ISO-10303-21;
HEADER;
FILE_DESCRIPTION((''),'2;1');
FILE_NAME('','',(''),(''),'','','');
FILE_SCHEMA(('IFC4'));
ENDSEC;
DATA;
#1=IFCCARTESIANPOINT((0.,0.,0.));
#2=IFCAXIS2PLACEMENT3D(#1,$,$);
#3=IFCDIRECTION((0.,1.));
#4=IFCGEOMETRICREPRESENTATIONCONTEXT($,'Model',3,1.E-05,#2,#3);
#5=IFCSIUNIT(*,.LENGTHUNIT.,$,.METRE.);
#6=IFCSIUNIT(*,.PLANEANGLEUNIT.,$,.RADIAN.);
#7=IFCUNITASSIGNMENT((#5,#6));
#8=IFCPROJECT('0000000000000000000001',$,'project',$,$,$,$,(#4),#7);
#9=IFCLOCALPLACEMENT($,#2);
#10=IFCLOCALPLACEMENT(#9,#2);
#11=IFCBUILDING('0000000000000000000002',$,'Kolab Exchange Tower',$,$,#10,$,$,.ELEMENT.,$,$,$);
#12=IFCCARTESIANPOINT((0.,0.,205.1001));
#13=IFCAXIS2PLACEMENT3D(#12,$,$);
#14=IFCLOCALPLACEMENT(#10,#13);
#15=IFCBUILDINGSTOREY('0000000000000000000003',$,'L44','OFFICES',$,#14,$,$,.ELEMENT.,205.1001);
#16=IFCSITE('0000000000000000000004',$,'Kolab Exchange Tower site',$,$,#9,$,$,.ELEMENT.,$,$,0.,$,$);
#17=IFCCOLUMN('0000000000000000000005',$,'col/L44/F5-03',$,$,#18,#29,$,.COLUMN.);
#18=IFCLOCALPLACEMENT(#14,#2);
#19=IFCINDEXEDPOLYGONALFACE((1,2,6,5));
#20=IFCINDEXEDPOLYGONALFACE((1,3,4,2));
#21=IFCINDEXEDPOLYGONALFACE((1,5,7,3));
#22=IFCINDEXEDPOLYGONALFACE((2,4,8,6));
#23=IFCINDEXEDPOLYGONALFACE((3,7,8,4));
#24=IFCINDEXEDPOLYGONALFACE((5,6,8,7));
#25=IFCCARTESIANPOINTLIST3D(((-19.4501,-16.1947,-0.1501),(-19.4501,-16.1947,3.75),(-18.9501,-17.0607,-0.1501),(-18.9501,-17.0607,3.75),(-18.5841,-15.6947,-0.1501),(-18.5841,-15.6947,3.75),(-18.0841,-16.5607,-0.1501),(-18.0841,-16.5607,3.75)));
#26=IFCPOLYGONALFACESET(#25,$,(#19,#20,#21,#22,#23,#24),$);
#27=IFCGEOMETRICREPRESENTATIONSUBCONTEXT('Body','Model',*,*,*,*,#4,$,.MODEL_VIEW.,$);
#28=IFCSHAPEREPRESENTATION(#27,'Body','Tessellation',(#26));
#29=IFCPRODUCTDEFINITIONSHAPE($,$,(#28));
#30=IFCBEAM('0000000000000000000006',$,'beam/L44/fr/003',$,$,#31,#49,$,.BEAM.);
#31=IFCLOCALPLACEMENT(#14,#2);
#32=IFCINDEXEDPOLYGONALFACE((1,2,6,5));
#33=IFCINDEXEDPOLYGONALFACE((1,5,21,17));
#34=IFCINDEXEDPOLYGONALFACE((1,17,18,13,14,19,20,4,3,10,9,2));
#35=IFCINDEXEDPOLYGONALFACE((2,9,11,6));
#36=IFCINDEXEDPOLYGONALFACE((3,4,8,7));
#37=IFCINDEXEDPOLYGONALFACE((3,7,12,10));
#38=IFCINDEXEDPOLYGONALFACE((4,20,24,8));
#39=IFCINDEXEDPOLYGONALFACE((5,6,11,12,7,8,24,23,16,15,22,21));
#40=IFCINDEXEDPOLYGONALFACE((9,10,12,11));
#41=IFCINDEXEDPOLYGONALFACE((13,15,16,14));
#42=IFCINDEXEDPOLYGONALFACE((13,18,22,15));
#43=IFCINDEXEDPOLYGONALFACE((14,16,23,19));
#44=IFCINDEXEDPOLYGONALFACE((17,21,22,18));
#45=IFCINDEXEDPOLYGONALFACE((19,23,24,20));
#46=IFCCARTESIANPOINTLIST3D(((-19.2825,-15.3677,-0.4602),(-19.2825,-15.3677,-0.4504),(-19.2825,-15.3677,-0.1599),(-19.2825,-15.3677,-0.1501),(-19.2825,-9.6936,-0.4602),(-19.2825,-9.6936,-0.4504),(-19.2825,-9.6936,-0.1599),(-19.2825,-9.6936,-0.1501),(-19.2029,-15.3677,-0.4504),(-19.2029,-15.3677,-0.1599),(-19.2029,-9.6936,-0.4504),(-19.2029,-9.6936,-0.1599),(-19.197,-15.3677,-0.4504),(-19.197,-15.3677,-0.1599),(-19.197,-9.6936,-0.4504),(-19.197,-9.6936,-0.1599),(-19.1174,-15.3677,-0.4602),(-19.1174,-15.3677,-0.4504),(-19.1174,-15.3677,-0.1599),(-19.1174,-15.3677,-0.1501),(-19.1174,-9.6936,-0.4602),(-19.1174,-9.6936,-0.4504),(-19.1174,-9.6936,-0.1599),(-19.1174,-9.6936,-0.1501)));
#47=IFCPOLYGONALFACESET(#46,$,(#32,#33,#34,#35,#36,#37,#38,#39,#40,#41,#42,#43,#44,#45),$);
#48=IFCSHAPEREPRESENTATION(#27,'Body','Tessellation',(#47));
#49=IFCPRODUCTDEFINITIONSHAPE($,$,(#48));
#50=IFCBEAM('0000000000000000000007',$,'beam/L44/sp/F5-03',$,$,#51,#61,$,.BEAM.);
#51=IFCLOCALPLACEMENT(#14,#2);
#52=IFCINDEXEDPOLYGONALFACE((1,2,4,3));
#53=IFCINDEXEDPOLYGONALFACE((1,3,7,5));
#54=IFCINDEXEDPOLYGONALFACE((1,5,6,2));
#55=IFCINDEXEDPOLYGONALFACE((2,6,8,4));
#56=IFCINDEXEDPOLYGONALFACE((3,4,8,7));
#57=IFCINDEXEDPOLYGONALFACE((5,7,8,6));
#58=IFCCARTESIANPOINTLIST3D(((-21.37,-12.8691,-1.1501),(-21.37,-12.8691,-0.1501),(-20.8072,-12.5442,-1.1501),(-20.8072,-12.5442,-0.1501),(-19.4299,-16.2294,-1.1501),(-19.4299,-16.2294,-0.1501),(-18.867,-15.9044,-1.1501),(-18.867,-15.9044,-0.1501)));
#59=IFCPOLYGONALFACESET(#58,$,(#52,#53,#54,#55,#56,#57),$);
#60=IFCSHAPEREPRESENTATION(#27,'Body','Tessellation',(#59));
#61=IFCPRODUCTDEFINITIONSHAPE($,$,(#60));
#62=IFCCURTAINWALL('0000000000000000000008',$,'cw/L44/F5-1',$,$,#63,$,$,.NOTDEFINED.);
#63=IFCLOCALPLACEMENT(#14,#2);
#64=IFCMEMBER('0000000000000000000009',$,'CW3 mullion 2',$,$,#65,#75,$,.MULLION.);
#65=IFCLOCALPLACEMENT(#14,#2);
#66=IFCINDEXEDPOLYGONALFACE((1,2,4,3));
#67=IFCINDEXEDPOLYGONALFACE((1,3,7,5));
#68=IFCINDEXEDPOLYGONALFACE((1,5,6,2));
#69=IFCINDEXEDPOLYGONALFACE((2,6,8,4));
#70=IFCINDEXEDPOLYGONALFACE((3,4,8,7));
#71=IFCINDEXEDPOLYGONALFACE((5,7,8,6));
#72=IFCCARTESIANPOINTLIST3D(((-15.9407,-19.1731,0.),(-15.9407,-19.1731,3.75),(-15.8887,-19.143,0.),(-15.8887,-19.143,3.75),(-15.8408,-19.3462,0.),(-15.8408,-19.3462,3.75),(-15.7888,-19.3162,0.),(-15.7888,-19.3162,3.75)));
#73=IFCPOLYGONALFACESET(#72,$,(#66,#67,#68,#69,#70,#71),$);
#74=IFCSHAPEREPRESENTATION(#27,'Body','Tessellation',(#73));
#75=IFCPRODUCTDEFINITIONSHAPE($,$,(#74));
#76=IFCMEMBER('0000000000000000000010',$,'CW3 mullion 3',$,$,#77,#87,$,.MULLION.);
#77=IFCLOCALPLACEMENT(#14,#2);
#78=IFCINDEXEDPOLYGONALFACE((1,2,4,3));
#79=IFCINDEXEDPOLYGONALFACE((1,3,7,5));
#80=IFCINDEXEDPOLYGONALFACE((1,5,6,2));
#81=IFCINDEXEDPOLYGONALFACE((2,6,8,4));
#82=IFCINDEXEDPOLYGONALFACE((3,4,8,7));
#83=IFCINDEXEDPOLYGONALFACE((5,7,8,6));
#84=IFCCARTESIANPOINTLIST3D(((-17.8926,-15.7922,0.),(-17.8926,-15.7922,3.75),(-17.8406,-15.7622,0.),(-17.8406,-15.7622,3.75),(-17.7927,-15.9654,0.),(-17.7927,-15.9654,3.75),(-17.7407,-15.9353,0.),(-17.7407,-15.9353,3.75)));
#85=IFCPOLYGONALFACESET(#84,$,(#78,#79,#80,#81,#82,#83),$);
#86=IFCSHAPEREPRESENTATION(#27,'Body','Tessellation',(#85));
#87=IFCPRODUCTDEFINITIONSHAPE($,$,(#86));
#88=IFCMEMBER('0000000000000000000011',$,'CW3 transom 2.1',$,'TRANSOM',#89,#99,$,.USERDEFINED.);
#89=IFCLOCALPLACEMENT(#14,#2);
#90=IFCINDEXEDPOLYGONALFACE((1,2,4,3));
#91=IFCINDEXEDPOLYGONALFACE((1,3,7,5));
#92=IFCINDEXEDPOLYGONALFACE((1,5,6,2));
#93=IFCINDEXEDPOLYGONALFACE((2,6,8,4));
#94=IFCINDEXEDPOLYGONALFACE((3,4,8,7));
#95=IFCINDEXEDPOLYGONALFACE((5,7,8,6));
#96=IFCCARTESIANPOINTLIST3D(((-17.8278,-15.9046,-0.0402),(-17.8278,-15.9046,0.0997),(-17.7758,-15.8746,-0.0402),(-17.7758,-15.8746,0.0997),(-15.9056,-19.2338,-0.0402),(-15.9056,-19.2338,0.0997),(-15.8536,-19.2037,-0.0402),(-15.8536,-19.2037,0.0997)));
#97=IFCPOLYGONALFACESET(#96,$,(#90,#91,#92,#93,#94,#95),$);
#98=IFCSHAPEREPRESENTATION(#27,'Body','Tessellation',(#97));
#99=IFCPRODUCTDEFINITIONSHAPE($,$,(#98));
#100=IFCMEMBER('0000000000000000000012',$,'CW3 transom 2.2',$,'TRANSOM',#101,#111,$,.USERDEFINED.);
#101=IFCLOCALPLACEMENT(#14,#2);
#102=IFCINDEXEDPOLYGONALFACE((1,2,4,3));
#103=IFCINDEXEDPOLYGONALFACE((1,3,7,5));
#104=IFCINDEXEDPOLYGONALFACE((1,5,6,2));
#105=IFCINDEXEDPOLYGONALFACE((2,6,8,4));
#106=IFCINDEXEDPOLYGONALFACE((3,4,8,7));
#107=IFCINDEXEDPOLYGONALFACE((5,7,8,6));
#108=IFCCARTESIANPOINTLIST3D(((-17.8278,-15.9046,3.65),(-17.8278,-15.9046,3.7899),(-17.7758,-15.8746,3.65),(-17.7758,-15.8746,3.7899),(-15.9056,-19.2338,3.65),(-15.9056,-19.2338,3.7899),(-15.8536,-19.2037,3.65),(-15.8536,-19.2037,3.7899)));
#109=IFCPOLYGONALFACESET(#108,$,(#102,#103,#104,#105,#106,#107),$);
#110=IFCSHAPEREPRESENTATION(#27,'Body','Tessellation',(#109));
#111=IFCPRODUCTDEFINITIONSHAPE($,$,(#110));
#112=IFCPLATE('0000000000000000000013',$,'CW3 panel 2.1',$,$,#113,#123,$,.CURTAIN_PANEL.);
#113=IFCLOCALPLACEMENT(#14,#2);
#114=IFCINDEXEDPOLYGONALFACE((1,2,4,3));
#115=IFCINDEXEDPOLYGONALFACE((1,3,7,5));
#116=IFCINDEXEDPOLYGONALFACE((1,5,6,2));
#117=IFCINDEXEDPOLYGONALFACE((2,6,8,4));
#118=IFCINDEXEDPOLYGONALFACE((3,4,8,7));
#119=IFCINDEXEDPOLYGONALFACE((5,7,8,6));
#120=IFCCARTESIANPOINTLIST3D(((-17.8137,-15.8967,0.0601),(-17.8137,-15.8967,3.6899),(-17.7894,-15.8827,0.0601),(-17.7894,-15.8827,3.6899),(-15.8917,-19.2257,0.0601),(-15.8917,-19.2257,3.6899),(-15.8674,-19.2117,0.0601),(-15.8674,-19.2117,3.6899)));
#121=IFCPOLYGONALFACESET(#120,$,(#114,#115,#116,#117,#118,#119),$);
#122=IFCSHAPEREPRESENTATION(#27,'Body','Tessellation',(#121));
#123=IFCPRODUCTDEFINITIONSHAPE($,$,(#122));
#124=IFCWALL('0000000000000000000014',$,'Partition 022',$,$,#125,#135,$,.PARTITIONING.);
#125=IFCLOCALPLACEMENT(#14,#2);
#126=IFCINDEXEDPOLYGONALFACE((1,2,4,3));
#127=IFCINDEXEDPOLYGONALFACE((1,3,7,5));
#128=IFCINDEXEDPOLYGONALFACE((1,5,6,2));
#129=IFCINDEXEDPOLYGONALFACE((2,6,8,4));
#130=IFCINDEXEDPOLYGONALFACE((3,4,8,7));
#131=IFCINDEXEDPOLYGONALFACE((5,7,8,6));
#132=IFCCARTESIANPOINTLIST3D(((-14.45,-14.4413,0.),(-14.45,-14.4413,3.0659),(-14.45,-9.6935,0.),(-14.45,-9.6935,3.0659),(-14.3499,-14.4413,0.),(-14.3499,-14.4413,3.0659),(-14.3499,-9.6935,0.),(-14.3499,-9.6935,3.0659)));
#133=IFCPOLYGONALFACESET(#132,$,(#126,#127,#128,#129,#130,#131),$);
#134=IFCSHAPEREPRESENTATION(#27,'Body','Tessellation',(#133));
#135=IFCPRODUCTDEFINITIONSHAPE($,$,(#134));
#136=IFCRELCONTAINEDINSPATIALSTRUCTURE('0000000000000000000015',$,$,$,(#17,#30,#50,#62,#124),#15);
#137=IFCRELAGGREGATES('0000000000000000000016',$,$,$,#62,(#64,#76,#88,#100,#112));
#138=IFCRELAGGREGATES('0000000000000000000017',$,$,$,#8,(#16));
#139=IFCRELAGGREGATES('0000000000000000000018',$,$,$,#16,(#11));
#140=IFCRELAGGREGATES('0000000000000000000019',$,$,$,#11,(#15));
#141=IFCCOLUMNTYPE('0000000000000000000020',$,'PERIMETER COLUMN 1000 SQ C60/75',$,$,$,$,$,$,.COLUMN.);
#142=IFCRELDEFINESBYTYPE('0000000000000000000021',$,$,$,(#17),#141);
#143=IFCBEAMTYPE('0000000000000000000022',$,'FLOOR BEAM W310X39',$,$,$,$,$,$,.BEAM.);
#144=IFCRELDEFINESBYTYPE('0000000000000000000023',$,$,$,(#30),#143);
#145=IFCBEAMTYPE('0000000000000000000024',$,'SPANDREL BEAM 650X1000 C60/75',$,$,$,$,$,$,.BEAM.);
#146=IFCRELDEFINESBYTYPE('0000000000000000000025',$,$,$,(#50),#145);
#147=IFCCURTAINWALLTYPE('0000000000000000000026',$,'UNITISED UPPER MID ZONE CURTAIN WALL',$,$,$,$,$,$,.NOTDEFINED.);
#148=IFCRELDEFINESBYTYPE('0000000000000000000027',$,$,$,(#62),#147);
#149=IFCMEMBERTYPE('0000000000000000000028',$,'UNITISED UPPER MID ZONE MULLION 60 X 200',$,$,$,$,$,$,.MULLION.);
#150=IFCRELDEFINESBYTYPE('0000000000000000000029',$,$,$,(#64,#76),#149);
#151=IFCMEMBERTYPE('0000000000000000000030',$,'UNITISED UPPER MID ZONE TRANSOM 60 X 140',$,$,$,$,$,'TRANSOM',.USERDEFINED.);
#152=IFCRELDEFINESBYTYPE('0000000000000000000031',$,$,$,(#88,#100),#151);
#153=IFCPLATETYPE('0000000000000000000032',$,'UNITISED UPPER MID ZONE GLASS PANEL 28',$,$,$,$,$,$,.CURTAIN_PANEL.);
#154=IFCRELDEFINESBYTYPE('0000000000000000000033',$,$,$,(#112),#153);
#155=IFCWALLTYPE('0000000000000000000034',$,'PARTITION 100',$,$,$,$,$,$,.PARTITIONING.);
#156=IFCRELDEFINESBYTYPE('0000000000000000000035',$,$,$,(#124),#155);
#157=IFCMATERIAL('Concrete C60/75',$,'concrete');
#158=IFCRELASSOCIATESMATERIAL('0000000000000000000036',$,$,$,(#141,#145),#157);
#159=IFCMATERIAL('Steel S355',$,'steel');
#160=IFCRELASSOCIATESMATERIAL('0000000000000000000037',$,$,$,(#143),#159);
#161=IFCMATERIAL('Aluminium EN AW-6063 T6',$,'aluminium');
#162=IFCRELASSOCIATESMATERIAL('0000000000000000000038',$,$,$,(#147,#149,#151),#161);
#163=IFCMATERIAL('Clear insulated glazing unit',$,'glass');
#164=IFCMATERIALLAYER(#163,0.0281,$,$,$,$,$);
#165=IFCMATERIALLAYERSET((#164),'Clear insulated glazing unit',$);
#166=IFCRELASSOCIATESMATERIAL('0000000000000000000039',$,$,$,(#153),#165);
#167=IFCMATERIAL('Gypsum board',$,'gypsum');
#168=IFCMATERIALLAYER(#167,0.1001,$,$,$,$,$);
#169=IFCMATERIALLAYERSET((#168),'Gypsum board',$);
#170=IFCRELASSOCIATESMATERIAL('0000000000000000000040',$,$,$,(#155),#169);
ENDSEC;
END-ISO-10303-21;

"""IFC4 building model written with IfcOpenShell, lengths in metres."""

from ifc_helpers import new_model, si_unit, direction, frame, frame_2d, origin, origin_2d, place, context, subcontext, project, spatial, rectangle, i_section, extrude, material, layer, layer_set, material_profile, profile_set, type_object, element, aggregate, save


model = new_model("IFC4")

# Units and contexts
model_context = context("Model", 3, precision=1e-05, world=origin(), true_north=direction((0.0, 1.0)))
body_context = subcontext(model_context, "Body", "Model", "MODEL_VIEW")
ifc_project = project(units=[si_unit("LENGTHUNIT", "METRE"), si_unit("PLANEANGLEUNIT", "RADIAN")], contexts=[model_context])

# Site, building, storey
site_placement = place(None, origin())
site = spatial("IfcSite", under=ifc_project, at=site_placement, Name="Kolab Exchange Tower site", CompositionType="ELEMENT", RefElevation=0.0)
building_placement = place(site_placement, origin())
building = spatial("IfcBuilding", under=site, at=building_placement, Name="Kolab Exchange Tower", CompositionType="ELEMENT")
storey_placement = place(building_placement, frame((0.0, 0.0, 205.1001)))
storey = spatial("IfcBuildingStorey", under=building, at=storey_placement, Name="L44", Description="OFFICES", CompositionType="ELEMENT", Elevation=205.1001)

# Column
ifc_material_1 = material(Name="Concrete C60/75", Category="concrete")
ifc_material_profile_1 = material_profile(ifc_material_1, rectangle(XDim=1.0, YDim=1.0, at=origin_2d()), Name="RC1000")
ifc_profile_set_1 = profile_set([ifc_material_profile_1], Name="Concrete C60/75")
column_type = type_object("IfcColumnType", Name="PERIMETER COLUMN 1000 SQ C60/75", PredefinedType="COLUMN", material=ifc_profile_set_1)
column_placement = place(storey_placement, frame((-18.7671, -16.3777, -0.1501), z_axis=(0.0, 0.0, 1.0), x_axis=(0.866025, 0.5, 0.0)))
element("IfcColumn", 1, at=column_placement, inside=storey, type_object=column_type, Name="col/L44/F5-03", PredefinedType="COLUMN", context=body_context, shape_type="SweptSolid", body=[
    extrude(rectangle(XDim=1.0, YDim=1.0, at=origin_2d()), origin(), (0.0, 0.0, 1.0), 3.9001),
])

# Beams
ifc_material_2 = material(Name="Steel S355", Category="steel")
ifc_material_profile_2 = material_profile(ifc_material_2, i_section(OverallWidth=0.165, OverallDepth=0.3101, WebThickness=0.0059, FlangeThickness=0.0098, at=origin_2d()), Name="W310X39")
ifc_profile_set_2 = profile_set([ifc_material_profile_2], Name="Steel S355")
beam_type_1 = type_object("IfcBeamType", Name="FLOOR BEAM W310X39", PredefinedType="BEAM", material=ifc_profile_set_2)
beam_1_placement = place(storey_placement, frame((-19.2, -15.3677, -0.3052), z_axis=(0.0, 1.0, 0.0), x_axis=(-1.0, 0.0, 0.0)))
element("IfcBeam", 2, at=beam_1_placement, inside=storey, type_object=beam_type_1, Name="beam/L44/fr/003", PredefinedType="BEAM", context=body_context, shape_type="SweptSolid", body=[
    extrude(i_section(OverallWidth=0.165, OverallDepth=0.3101, WebThickness=0.0059, FlangeThickness=0.0098, at=origin_2d()), origin(), (0.0, 0.0, 1.0), 5.6741),
])
ifc_material_profile_3 = material_profile(ifc_material_1, rectangle(XDim=0.6499, YDim=1.0, at=origin_2d()), Name="RC650X1000")
ifc_profile_set_3 = profile_set([ifc_material_profile_3], Name="Concrete C60/75")
beam_type_2 = type_object("IfcBeamType", Name="SPANDREL BEAM 650X1000 C60/75", PredefinedType="BEAM", material=ifc_profile_set_3)
beam_2_placement = place(storey_placement, frame((-19.1484, -16.0669, -0.6501), z_axis=(-0.500017, 0.866016, 0.0), x_axis=(-0.866016, -0.500017, 0.0)))
element("IfcBeam", 3, at=beam_2_placement, inside=storey, type_object=beam_type_2, Name="beam/L44/sp/F5-03", PredefinedType="BEAM", context=body_context, shape_type="SweptSolid", body=[
    extrude(rectangle(XDim=0.6499, YDim=1.0, at=origin_2d()), origin(), (0.0, 0.0, 1.0), 3.8801),
])

# Curtain wall, members, plate
ifc_material_3 = material(Name="Aluminium EN AW-6063 T6", Category="aluminium")
curtain_wall_type = type_object("IfcCurtainWallType", Name="UNITISED UPPER MID ZONE CURTAIN WALL", PredefinedType="NOTDEFINED", material=ifc_material_3)
curtain_wall_placement = place(storey_placement, origin())
curtain_wall = element("IfcCurtainWall", 4, at=curtain_wall_placement, inside=storey, type_object=curtain_wall_type, Name="cw/L44/F5-1", PredefinedType="NOTDEFINED")
ifc_material_profile_4 = material_profile(ifc_material_3, rectangle(XDim=0.0601, YDim=0.2, at=origin_2d()), Name="RECT 60X200")
ifc_profile_set_4 = profile_set([ifc_material_profile_4], Name="Aluminium EN AW-6063 T6")
member_type_1 = type_object("IfcMemberType", Name="UNITISED UPPER MID ZONE MULLION 60 X 200", PredefinedType="MULLION", material=ifc_profile_set_4)
member_1_placement = place(storey_placement, frame((-15.8647, -19.2446, 0.0), z_axis=(0.0, 0.0, 1.0), x_axis=(-0.866025, -0.5, 0.0)))
member_1 = element("IfcMember", 5, at=member_1_placement, type_object=member_type_1, Name="CW3 mullion 2", PredefinedType="MULLION", context=body_context, shape_type="SweptSolid", body=[
    extrude(rectangle(XDim=0.0601, YDim=0.2, at=origin_2d()), origin(), (0.0, 0.0, 1.0), 3.75),
])
member_2_placement = place(storey_placement, frame((-17.8167, -15.8638, 0.0), z_axis=(0.0, 0.0, 1.0), x_axis=(-0.866025, -0.5, 0.0)))
member_2 = element("IfcMember", 6, at=member_2_placement, type_object=member_type_1, Name="CW3 mullion 3", PredefinedType="MULLION", context=body_context, shape_type="SweptSolid", body=[
    extrude(rectangle(XDim=0.0601, YDim=0.2, at=origin_2d()), origin(), (0.0, 0.0, 1.0), 3.75),
])
ifc_material_profile_5 = material_profile(ifc_material_3, rectangle(XDim=0.0601, YDim=0.1399, at=origin_2d()), Name="RECT 60X140")
ifc_profile_set_5 = profile_set([ifc_material_profile_5], Name="Aluminium EN AW-6063 T6")
member_type_2 = type_object("IfcMemberType", Name="UNITISED UPPER MID ZONE TRANSOM 60 X 140", ElementType="TRANSOM", PredefinedType="USERDEFINED", material=ifc_profile_set_5)
member_3_placement = place(storey_placement, frame((-15.8796, -19.2188, 0.0298), z_axis=(-0.500012, 0.866018, 0.0), x_axis=(-0.866018, -0.500012, 0.0)))
member_3 = element("IfcMember", 7, at=member_3_placement, type_object=member_type_2, Name="CW3 transom 2.1", ObjectType="TRANSOM", PredefinedType="USERDEFINED", context=body_context, shape_type="SweptSolid", body=[
    extrude(rectangle(XDim=0.0601, YDim=0.1399, at=origin_2d()), origin(), (0.0, 0.0, 1.0), 3.8442),
])
member_4_placement = place(storey_placement, frame((-15.8796, -19.2188, 3.72), z_axis=(-0.500012, 0.866018, 0.0), x_axis=(-0.866018, -0.500012, 0.0)))
member_4 = element("IfcMember", 8, at=member_4_placement, type_object=member_type_2, Name="CW3 transom 2.2", ObjectType="TRANSOM", PredefinedType="USERDEFINED", context=body_context, shape_type="SweptSolid", body=[
    extrude(rectangle(XDim=0.0601, YDim=0.1399, at=origin_2d()), origin(), (0.0, 0.0, 1.0), 3.8442),
])
ifc_material_4 = material(Name="Clear insulated glazing unit", Category="glass")
ifc_layer_1 = layer(ifc_material_4, 0.0281)
ifc_layer_set_1 = layer_set([ifc_layer_1], Name="Clear insulated glazing unit")
plate_type = type_object("IfcPlateType", Name="UNITISED UPPER MID ZONE GLASS PANEL 28", PredefinedType="CURTAIN_PANEL", material=ifc_layer_set_1)
plate_placement = place(storey_placement, frame((-16.8406, -17.5542, 0.0601), z_axis=(0.0, 0.0, 1.0), x_axis=(-0.5, 0.866025, 0.0)))
plate = element("IfcPlate", 9, at=plate_placement, type_object=plate_type, Name="CW3 panel 2.1", PredefinedType="CURTAIN_PANEL", context=body_context, shape_type="SweptSolid", body=[
    extrude(rectangle(XDim=3.844, YDim=0.0281, at=origin_2d()), origin(), (0.0, 0.0, 1.0), 3.6299),
])
aggregate(curtain_wall, [member_1, member_2, member_3, member_4, plate])

# Wall
ifc_material_5 = material(Name="Gypsum board", Category="gypsum")
ifc_layer_2 = layer(ifc_material_5, 0.1001)
ifc_layer_set_2 = layer_set([ifc_layer_2], Name="Gypsum board")
wall_type_1 = type_object("IfcWallType", Name="PARTITION 100", PredefinedType="PARTITIONING", material=ifc_layer_set_2)
wall_1_placement = place(storey_placement, frame((-14.3999, -14.4414, 0.0), z_axis=(0.0, 0.0, 1.0), x_axis=(0.0, 1.0, 0.0)))
element("IfcWall", 10, at=wall_1_placement, inside=storey, type_object=wall_type_1, Name="Partition 022", PredefinedType="PARTITIONING", context=body_context, shape_type="SweptSolid", body=[
    extrude(rectangle(XDim=4.7478, YDim=0.1001, at=frame_2d((2.374, 0.0))), origin(), (0.0, 0.0, 1.0), 3.0659),
])

save(model, "model.ifc")
